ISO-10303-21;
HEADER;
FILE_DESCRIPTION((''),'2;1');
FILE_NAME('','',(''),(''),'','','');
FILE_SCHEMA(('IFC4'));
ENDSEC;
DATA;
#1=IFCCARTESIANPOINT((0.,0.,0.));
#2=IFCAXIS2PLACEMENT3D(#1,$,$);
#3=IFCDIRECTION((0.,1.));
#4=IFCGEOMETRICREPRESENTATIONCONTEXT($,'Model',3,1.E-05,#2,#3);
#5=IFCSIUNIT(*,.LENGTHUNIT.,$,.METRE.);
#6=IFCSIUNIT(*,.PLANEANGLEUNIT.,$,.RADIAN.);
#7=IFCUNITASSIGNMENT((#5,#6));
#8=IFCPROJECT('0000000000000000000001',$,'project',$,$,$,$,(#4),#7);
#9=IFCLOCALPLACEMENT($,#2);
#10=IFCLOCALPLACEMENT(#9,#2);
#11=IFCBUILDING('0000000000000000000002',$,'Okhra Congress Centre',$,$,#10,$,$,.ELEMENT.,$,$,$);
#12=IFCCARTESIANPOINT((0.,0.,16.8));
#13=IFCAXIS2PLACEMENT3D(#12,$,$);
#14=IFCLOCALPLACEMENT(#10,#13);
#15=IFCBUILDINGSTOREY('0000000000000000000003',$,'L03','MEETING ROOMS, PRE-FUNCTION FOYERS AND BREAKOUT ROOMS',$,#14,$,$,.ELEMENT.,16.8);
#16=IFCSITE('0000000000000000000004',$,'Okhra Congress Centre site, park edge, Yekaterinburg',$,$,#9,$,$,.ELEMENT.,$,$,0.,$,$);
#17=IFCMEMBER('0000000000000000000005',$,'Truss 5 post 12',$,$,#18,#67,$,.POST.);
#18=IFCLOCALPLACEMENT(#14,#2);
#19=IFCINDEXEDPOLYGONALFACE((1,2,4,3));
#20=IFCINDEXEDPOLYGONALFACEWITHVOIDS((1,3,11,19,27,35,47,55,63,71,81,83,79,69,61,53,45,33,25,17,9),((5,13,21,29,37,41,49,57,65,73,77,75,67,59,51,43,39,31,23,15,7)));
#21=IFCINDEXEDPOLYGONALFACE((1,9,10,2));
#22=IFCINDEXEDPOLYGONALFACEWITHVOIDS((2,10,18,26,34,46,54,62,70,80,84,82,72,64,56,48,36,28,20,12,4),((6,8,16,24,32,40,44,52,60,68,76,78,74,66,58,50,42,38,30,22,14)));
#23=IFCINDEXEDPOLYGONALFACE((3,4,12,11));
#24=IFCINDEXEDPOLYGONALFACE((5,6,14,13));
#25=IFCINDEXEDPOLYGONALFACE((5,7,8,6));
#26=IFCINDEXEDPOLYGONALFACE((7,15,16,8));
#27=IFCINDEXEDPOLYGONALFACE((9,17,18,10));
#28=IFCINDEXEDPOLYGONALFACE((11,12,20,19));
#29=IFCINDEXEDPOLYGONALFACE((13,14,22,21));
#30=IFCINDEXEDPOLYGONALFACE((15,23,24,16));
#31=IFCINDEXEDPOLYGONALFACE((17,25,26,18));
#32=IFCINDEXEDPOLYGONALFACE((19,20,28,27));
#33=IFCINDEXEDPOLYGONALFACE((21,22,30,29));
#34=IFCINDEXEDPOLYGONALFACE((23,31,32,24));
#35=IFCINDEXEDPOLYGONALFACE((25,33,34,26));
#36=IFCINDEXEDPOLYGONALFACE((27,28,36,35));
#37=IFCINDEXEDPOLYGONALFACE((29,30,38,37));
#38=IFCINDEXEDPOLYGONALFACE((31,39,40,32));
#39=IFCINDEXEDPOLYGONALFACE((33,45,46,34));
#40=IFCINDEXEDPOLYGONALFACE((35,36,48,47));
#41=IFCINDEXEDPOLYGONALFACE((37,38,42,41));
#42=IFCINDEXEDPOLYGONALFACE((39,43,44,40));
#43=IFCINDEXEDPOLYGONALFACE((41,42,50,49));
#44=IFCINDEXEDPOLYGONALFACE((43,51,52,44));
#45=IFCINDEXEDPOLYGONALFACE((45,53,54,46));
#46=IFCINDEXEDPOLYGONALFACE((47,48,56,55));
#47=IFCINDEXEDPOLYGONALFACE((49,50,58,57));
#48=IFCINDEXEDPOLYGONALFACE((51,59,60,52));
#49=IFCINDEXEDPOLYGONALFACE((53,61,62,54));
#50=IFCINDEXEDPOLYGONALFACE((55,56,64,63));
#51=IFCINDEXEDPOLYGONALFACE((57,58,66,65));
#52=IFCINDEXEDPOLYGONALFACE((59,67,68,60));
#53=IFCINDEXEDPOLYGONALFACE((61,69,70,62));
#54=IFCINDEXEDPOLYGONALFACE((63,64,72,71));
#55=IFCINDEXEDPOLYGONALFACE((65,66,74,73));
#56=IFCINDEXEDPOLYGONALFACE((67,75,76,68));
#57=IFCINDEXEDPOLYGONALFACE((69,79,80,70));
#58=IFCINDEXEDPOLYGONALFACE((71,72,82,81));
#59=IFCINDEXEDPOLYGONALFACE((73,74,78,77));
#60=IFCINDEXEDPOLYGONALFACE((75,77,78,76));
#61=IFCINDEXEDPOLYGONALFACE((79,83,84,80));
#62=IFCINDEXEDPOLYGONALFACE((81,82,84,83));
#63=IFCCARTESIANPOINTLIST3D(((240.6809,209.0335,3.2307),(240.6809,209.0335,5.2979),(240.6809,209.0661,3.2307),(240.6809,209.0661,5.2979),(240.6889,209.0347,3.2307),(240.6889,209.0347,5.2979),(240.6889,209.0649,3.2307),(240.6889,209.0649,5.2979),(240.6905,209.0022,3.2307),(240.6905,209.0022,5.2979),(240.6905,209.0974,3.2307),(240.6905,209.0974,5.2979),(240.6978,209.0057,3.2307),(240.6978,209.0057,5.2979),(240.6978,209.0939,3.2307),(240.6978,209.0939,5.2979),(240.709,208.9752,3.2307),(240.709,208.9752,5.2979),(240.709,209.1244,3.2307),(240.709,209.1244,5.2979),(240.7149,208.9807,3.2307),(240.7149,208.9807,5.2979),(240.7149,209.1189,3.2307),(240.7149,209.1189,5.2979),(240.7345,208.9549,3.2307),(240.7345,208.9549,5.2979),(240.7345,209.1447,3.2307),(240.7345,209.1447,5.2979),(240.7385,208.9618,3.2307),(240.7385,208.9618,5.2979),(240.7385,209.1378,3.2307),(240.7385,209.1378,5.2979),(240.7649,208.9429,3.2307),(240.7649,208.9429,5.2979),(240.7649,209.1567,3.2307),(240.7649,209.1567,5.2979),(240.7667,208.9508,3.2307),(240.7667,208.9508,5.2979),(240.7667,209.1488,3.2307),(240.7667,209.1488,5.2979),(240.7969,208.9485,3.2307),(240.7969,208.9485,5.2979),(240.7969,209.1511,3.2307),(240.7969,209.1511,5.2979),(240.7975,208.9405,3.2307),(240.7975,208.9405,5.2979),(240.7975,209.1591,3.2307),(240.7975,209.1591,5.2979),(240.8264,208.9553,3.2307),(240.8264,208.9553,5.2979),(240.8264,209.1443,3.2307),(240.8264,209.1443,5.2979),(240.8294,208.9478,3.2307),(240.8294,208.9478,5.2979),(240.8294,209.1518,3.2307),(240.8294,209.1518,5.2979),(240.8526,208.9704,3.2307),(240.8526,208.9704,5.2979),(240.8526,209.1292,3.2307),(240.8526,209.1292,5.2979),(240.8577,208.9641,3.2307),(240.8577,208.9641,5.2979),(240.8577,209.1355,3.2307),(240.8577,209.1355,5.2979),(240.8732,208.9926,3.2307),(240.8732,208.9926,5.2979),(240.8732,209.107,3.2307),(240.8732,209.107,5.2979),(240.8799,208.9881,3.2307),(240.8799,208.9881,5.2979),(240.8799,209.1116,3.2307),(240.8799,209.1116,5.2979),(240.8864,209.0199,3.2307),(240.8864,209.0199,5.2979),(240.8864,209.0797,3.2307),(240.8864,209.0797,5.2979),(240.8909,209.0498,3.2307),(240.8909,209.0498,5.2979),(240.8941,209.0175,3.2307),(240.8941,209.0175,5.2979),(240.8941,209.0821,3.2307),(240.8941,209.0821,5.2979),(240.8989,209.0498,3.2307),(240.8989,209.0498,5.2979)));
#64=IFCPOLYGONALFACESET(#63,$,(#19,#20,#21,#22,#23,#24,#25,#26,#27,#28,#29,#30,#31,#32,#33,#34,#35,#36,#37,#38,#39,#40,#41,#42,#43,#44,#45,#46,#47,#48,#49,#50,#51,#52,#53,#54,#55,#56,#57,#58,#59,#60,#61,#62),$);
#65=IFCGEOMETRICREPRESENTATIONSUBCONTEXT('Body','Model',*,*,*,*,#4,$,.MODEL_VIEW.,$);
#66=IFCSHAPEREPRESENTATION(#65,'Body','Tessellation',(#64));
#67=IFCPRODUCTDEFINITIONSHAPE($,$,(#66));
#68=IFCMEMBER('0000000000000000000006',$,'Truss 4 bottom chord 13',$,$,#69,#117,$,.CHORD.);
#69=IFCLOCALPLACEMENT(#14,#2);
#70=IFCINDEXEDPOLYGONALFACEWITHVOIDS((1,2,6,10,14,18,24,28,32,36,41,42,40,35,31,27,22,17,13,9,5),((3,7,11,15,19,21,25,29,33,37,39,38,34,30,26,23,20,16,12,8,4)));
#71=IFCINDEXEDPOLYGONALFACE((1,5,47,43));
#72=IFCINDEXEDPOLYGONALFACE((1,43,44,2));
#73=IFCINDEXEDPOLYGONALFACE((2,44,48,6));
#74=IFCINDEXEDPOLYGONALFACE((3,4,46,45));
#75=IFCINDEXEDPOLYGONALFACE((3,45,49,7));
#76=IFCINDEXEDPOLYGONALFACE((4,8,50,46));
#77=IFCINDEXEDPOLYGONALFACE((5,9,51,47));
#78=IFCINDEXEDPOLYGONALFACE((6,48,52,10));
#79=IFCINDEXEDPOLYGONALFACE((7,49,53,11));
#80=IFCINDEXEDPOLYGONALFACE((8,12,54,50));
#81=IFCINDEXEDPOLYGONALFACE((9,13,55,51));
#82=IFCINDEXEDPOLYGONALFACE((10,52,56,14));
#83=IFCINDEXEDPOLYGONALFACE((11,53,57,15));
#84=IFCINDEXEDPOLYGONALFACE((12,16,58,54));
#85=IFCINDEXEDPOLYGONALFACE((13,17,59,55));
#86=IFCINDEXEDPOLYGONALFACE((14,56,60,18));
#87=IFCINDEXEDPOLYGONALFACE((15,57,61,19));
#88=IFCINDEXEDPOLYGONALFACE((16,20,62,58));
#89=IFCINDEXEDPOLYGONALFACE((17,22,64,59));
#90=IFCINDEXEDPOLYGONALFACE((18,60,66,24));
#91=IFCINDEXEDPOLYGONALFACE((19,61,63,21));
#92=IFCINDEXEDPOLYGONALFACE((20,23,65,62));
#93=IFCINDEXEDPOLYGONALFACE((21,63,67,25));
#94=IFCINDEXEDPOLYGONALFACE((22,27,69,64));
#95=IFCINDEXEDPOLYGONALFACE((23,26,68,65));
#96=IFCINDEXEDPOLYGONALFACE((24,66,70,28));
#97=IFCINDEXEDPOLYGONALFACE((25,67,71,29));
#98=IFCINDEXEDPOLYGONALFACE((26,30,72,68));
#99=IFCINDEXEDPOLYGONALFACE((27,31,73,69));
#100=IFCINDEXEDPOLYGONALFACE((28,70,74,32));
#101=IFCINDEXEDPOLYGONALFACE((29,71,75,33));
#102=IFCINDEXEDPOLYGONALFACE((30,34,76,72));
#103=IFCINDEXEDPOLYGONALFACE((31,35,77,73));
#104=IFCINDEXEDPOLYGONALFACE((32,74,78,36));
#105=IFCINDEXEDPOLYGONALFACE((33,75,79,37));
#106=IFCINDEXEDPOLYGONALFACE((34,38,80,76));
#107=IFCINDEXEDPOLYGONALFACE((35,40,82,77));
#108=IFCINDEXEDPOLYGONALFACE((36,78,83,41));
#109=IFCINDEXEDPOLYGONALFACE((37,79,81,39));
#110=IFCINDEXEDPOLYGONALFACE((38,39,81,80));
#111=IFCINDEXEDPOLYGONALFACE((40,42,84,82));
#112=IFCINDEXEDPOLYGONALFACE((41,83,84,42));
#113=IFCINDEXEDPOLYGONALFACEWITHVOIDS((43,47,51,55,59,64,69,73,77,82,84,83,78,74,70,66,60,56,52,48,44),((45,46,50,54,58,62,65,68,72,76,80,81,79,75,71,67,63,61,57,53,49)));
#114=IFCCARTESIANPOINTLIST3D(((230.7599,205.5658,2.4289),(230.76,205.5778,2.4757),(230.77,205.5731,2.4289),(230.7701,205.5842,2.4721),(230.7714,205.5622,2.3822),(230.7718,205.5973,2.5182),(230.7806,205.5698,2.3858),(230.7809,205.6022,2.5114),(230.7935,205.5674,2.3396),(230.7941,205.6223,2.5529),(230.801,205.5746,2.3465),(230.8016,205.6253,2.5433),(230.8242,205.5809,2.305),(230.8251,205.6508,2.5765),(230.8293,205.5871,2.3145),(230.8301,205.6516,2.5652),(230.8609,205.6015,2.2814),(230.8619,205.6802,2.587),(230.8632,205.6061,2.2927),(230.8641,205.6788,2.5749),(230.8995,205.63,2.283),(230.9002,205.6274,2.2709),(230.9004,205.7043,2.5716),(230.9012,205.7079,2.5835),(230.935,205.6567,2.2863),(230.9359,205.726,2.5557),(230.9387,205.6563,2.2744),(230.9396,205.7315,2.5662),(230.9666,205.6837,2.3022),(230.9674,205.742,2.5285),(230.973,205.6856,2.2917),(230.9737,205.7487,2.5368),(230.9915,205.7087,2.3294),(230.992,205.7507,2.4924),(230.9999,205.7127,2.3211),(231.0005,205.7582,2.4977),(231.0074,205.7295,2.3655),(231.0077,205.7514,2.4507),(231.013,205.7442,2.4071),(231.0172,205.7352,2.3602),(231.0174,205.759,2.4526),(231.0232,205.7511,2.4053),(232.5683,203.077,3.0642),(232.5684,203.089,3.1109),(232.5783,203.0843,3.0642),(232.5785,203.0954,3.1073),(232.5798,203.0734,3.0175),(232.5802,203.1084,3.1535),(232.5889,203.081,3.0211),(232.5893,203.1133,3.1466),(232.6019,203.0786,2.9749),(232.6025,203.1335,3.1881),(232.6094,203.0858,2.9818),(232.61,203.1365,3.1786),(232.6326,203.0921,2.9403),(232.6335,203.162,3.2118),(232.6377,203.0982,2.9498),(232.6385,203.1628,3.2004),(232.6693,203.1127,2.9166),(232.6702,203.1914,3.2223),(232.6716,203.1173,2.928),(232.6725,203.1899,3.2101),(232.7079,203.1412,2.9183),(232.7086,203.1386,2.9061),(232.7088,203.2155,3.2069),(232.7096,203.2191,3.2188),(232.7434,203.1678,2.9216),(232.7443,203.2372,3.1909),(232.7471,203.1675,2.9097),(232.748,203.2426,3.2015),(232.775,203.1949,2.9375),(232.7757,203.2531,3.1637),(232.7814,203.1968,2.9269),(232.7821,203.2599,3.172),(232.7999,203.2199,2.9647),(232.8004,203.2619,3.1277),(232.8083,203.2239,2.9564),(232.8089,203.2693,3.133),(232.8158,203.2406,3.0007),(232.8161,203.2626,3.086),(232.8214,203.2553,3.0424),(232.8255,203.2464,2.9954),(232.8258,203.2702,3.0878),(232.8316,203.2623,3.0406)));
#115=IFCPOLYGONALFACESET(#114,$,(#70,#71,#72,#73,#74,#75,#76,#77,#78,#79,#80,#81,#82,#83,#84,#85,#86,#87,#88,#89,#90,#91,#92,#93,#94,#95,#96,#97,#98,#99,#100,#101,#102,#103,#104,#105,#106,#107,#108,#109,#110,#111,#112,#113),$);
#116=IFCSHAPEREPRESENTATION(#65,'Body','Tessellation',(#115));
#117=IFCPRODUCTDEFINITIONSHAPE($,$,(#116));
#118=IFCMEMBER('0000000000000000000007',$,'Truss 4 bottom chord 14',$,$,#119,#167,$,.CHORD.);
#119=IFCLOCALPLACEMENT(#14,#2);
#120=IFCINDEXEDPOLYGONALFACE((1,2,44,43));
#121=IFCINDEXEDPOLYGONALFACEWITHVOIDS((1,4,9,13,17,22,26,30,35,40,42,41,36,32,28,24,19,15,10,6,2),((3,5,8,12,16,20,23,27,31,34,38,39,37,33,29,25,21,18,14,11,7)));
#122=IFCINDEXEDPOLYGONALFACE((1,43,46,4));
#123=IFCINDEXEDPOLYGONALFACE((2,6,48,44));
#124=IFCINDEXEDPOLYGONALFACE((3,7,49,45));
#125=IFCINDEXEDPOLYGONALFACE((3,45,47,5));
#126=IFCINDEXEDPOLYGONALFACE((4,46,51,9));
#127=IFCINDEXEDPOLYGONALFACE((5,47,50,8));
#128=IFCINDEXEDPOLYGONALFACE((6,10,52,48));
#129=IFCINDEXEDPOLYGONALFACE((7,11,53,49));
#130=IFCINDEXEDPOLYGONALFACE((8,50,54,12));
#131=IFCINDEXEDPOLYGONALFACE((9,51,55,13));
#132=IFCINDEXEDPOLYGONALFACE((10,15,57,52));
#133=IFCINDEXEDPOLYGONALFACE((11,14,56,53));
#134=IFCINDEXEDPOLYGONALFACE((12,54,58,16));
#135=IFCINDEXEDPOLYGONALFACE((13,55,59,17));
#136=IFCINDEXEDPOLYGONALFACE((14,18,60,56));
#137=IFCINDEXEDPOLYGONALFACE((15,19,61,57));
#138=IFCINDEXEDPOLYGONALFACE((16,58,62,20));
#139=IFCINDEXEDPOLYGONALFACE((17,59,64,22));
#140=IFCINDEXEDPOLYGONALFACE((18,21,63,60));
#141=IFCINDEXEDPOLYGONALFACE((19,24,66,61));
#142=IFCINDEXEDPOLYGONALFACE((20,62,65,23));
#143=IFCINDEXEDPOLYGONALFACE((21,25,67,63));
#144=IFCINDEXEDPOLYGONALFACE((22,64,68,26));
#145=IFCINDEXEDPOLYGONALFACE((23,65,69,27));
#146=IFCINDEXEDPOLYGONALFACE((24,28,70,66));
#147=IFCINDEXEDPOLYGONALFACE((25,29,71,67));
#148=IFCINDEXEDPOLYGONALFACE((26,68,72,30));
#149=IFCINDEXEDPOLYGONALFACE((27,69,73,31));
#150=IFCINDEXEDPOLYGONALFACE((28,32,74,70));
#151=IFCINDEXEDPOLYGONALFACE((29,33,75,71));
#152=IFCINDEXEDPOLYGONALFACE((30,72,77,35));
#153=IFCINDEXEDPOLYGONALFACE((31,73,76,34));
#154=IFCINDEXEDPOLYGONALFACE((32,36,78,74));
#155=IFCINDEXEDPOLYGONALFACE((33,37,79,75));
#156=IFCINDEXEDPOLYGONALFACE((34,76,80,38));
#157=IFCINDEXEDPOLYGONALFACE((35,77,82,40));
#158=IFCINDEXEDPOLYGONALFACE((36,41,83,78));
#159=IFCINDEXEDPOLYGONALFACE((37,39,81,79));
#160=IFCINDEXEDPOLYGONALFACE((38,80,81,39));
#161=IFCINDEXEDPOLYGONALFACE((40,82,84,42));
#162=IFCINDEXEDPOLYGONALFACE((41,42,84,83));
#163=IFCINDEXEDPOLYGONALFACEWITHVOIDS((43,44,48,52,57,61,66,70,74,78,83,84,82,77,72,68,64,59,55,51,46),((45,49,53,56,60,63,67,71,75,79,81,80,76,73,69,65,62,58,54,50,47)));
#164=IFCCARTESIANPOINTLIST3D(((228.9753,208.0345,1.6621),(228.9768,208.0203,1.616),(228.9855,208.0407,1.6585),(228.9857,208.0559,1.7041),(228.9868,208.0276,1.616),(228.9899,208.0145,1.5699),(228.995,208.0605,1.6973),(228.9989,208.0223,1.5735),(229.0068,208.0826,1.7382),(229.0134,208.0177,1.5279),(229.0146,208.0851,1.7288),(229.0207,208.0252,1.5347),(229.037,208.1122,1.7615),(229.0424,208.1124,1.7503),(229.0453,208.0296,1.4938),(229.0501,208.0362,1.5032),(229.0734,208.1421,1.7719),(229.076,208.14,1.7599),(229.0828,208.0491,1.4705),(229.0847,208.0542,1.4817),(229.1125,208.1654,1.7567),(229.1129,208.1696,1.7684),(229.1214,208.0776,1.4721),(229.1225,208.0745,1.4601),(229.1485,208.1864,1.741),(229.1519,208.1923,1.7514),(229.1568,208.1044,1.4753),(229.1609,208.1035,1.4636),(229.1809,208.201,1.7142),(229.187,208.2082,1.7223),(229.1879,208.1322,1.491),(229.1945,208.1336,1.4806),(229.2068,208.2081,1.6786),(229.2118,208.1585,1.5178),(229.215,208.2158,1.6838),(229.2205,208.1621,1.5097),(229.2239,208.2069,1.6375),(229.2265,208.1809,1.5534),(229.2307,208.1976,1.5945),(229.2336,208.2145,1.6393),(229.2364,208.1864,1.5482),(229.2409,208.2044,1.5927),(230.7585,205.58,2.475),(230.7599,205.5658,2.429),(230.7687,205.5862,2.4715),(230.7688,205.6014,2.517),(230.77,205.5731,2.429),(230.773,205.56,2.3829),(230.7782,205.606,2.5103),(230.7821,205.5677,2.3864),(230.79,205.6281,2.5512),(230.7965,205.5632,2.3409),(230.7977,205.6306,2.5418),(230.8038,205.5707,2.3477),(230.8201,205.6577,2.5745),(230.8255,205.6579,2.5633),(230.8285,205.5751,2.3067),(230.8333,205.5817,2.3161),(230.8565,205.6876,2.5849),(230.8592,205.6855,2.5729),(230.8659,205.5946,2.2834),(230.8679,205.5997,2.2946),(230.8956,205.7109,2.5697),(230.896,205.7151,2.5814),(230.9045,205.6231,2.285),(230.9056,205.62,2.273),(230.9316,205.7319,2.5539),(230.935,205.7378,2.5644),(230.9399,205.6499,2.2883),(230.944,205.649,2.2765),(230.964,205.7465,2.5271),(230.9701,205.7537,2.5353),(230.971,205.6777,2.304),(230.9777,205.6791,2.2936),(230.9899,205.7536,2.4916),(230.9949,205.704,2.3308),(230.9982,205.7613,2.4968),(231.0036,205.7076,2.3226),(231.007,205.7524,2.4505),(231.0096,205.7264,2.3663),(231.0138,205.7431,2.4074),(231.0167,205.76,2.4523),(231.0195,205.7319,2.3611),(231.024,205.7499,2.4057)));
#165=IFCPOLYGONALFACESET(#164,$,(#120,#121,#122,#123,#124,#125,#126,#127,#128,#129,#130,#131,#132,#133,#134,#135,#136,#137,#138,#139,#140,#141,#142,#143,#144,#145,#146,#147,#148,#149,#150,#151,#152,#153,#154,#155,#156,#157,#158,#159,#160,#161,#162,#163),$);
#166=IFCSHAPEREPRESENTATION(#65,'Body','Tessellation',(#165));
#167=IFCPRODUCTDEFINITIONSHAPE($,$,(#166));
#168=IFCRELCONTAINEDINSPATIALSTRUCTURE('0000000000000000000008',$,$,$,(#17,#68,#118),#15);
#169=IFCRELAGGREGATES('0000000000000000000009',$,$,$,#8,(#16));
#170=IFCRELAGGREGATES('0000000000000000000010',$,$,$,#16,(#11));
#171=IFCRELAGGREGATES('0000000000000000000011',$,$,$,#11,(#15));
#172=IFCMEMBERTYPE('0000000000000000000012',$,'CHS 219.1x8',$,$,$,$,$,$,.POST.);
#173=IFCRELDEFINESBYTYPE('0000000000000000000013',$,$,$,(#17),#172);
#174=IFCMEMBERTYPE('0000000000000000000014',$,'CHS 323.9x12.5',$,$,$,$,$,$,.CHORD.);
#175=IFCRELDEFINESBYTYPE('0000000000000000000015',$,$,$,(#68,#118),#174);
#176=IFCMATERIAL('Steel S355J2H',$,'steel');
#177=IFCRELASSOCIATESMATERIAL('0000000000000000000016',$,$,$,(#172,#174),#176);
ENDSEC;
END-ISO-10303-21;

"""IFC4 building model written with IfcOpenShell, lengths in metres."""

from ifc_helpers import new_model, si_unit, direction, frame, origin, origin_2d, place, context, subcontext, project, spatial, hollow_circle, extrude, material, material_profile, profile_set, type_object, element, save


model = new_model("IFC4")

# Units and contexts
model_context = context("Model", 3, precision=1e-05, world=origin(), true_north=direction((0.0, 1.0)))
body_context = subcontext(model_context, "Body", "Model", "MODEL_VIEW")
ifc_project = project(units=[si_unit("LENGTHUNIT", "METRE"), si_unit("PLANEANGLEUNIT", "RADIAN")], contexts=[model_context])

# Site, building, storey
site_placement = place(None, origin())
site = spatial("IfcSite", under=ifc_project, at=site_placement, Name="Okhra Congress Centre site, park edge, Yekaterinburg", CompositionType="ELEMENT", RefElevation=0.0)
building_placement = place(site_placement, origin())
building = spatial("IfcBuilding", under=site, at=building_placement, Name="Okhra Congress Centre", CompositionType="ELEMENT")
storey_placement = place(building_placement, frame((0.0, 0.0, 16.8)))
storey = spatial("IfcBuildingStorey", under=building, at=storey_placement, Name="L03", Description="MEETING ROOMS, PRE-FUNCTION FOYERS AND BREAKOUT ROOMS", CompositionType="ELEMENT", Elevation=16.8)

# Members
ifc_material_1 = material(Name="Steel S355J2H", Category="steel")
ifc_material_profile_1 = material_profile(ifc_material_1, hollow_circle(Radius=0.1096, WallThickness=0.0081, at=origin_2d()), Name="CHS 219.1x8")
ifc_profile_set_1 = profile_set([ifc_material_profile_1], Name="Steel S355J2H")
member_type_1 = type_object("IfcMemberType", Name="CHS 219.1x8", PredefinedType="POST", material=ifc_profile_set_1)
member_1_placement = place(storey_placement, frame((240.7893, 209.0498, 3.2307), z_axis=(0.0, 0.0, 1.0), x_axis=(1.0, 0.0, 0.0)))
element("IfcMember", 1, at=member_1_placement, inside=storey, type_object=member_type_1, Name="Truss 5 post 12", PredefinedType="POST", context=body_context, shape_type="SweptSolid", body=[
    extrude(hollow_circle(Radius=0.1096, WallThickness=0.0081, at=origin_2d()), origin(), (0.0, 0.0, 1.0), 2.0671),
])
ifc_material_profile_2 = material_profile(ifc_material_1, hollow_circle(Radius=0.1619, WallThickness=0.0125, at=origin_2d()), Name="CHS 323.9x12.5")
ifc_profile_set_2 = profile_set([ifc_material_profile_2], Name="Steel S355J2H")
member_type_2 = type_object("IfcMemberType", Name="CHS 323.9x12.5", PredefinedType="CHORD", material=ifc_profile_set_2)
member_2_placement = place(storey_placement, frame((232.6992, 203.1721, 3.0642), z_axis=(-0.575673, 0.792278, -0.202228), x_axis=(-0.808993, -0.587818, 0.0)))
element("IfcMember", 2, at=member_2_placement, inside=storey, type_object=member_type_2, Name="Truss 4 bottom chord 13", PredefinedType="CHORD", context=body_context, shape_type="SweptSolid", body=[
    extrude(hollow_circle(Radius=0.1619, WallThickness=0.0125, at=origin_2d()), origin(), (0.0, 0.0, 1.0), 3.1414),
])
for number, where, z_axis, x_axis, name in (
    (3, (230.8909, 205.6609, 2.429), (-0.567721, 0.781472, -0.258832), (-0.809042, -0.587751, 0.0), "Truss 4 bottom chord 14"),
):
    element("IfcMember", number, at=place(storey_placement, frame(where, z_axis=z_axis, x_axis=x_axis)), inside=storey, type_object=member_type_2, Name=name, PredefinedType="CHORD", context=body_context, shape_type="SweptSolid", body=[
        extrude(hollow_circle(Radius=0.1619, WallThickness=0.0125, at=origin_2d()), origin(), (0.0, 0.0, 1.0), 3.1409),
    ])

save(model, "model.ifc")
